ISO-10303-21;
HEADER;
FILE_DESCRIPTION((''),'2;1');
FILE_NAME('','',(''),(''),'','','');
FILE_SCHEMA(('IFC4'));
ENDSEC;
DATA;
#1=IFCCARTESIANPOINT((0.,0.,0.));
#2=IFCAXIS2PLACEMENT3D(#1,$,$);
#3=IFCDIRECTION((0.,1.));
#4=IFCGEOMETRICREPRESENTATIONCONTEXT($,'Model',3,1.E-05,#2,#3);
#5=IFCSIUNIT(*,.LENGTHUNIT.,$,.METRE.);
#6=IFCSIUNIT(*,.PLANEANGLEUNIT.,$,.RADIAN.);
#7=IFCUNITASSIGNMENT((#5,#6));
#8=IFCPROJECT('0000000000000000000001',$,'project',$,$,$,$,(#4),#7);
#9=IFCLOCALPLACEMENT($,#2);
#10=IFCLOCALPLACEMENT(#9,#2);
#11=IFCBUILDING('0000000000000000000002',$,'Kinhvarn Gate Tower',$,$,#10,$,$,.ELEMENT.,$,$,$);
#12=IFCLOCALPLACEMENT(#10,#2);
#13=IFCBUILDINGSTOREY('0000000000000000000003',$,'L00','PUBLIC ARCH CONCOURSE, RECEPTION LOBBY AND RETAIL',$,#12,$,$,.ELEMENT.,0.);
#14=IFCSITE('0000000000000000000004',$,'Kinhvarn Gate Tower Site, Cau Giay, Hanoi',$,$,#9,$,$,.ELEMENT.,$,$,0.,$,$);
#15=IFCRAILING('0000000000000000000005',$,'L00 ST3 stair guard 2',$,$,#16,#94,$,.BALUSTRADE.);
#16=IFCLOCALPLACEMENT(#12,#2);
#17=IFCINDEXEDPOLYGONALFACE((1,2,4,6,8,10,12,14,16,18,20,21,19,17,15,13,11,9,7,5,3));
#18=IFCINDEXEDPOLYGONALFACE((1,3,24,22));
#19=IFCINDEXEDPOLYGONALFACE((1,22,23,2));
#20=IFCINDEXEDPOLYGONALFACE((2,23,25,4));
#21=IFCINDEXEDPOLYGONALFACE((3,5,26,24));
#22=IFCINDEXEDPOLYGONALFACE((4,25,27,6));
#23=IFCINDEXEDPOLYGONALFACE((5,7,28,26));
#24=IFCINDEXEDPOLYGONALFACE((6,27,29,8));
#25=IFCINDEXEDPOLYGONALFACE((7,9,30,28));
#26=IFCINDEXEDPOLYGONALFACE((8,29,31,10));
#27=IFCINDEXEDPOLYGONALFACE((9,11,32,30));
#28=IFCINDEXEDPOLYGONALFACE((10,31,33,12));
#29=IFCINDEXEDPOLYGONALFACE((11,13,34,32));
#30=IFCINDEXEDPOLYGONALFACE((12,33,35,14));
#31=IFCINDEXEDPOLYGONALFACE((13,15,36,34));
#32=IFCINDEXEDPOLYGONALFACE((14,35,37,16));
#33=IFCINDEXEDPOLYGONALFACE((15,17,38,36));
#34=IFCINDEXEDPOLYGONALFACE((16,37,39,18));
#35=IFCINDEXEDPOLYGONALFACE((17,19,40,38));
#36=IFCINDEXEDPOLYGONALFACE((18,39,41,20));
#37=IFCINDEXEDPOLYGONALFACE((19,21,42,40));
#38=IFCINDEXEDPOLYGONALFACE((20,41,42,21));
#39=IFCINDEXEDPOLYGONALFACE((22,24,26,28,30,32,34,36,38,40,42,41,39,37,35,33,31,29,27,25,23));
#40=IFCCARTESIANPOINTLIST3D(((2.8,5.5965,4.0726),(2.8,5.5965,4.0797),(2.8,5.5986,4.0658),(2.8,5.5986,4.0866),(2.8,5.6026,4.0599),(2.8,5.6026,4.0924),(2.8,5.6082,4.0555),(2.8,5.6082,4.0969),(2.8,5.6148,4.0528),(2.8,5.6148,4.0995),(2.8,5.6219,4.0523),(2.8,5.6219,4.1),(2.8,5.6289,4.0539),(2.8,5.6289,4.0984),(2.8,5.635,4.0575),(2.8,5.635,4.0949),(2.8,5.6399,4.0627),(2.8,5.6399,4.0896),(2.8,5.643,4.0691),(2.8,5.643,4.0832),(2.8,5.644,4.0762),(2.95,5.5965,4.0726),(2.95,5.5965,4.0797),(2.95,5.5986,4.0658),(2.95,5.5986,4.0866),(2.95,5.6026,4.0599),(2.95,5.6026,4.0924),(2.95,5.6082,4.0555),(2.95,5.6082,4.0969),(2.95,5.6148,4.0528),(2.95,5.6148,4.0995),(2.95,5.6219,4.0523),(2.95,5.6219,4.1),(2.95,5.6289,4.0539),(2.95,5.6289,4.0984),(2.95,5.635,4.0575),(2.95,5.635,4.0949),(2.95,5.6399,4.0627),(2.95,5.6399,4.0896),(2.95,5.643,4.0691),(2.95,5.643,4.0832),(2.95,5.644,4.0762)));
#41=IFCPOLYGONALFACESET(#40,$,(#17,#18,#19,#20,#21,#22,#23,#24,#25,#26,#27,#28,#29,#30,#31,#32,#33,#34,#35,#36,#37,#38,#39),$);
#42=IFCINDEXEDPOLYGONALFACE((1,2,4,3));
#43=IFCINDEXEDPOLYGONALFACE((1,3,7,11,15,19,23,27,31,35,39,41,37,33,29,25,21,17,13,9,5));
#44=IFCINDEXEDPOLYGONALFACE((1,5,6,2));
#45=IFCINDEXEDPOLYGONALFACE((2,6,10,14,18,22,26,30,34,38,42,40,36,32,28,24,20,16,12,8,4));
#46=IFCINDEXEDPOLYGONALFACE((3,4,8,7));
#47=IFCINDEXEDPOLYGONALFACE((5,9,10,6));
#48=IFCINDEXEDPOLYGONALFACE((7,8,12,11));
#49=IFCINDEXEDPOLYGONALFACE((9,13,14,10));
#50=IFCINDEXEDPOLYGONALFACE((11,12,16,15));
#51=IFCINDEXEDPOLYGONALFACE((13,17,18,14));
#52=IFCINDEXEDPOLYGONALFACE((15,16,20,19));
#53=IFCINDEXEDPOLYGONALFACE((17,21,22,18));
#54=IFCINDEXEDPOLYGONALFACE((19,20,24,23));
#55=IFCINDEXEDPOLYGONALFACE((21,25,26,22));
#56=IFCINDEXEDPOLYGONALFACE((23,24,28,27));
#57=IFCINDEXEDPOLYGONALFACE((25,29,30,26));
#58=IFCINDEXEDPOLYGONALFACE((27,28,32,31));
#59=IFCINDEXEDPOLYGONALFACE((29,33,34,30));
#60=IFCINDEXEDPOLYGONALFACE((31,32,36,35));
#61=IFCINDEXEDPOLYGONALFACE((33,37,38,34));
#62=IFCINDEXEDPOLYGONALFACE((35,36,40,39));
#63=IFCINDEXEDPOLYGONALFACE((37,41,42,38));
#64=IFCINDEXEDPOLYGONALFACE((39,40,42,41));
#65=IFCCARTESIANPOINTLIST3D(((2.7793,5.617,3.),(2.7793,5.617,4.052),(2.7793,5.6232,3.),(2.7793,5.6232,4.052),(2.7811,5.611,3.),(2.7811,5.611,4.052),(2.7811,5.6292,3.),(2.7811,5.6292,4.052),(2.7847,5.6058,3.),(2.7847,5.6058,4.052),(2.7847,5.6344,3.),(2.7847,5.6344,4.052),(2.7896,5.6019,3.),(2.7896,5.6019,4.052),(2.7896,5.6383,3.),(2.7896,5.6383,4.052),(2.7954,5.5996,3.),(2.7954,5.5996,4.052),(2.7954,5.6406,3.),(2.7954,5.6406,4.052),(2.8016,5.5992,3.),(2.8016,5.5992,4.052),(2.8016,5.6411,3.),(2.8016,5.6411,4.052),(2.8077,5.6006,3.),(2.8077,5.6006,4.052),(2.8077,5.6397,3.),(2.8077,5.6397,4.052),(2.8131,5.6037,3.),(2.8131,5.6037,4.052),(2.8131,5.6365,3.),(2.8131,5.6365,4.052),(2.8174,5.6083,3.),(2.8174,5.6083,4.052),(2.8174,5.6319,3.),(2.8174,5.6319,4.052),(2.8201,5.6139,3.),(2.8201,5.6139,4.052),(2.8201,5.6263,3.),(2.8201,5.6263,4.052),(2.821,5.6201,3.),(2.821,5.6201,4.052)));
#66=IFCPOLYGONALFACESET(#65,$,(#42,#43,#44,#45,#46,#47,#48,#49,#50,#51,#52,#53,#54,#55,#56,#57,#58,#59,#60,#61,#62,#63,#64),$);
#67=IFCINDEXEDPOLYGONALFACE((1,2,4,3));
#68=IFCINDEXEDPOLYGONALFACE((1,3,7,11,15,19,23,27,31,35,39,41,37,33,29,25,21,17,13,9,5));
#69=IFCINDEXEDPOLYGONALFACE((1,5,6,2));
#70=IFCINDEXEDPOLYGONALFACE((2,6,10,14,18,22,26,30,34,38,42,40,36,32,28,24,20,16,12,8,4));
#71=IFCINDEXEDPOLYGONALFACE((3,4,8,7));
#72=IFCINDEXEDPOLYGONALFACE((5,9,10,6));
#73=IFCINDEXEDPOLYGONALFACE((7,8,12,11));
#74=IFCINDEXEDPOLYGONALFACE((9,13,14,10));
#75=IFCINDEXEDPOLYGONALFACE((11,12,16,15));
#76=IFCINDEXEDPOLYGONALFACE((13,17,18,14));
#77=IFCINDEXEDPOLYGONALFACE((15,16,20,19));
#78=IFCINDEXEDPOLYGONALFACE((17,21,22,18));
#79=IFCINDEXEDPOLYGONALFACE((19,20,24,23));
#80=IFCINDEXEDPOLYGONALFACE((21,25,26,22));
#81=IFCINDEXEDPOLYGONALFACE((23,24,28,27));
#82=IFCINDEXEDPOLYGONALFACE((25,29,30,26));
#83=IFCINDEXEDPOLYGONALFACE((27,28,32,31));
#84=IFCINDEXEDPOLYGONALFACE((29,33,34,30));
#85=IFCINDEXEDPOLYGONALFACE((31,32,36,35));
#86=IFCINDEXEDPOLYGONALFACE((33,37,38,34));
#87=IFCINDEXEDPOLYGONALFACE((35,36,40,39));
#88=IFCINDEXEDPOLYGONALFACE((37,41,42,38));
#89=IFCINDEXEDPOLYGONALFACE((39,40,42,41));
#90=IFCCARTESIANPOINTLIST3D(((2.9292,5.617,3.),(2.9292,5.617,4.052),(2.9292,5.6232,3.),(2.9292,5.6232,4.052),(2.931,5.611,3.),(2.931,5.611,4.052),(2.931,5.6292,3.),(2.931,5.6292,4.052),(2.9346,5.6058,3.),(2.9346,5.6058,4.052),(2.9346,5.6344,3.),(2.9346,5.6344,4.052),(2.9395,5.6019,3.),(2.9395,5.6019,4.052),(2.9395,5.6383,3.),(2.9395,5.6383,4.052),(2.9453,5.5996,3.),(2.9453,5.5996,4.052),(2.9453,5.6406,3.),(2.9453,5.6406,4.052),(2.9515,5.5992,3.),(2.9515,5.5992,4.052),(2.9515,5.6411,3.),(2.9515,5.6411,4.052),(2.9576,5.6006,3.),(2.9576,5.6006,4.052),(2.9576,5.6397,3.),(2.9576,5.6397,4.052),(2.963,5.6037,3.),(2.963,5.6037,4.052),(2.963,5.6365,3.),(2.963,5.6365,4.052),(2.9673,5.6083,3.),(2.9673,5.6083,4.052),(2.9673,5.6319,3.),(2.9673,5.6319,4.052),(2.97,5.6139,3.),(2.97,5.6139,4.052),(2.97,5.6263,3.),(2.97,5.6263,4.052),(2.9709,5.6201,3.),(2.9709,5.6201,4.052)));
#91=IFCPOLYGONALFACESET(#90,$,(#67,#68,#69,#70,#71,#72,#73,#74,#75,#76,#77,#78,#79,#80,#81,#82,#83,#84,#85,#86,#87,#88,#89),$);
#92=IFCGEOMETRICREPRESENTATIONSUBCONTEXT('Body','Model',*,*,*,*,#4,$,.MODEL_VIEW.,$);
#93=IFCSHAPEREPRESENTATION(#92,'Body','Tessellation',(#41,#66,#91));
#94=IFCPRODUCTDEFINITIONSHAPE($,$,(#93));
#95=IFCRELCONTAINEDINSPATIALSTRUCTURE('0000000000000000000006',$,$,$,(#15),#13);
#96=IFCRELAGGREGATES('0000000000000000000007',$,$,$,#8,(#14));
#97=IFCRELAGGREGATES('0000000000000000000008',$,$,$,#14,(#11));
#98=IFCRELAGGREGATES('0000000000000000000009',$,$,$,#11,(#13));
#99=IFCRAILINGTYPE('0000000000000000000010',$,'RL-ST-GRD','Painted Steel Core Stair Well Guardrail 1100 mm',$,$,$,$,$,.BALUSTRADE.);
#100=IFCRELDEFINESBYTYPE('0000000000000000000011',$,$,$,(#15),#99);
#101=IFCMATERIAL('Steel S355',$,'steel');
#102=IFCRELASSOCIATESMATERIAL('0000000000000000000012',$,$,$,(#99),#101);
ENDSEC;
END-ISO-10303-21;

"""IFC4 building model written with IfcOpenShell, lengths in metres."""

from ifc_helpers import new_model, si_unit, direction, frame, origin, origin_2d, place, context, subcontext, project, spatial, circle, extrude, material, type_object, element, save


model = new_model("IFC4")

# Units and contexts
model_context = context("Model", 3, precision=1e-05, world=origin(), true_north=direction((0.0, 1.0)))
body_context = subcontext(model_context, "Body", "Model", "MODEL_VIEW")
ifc_project = project(units=[si_unit("LENGTHUNIT", "METRE"), si_unit("PLANEANGLEUNIT", "RADIAN")], contexts=[model_context])

# Site, building, storey
site_placement = place(None, origin())
site = spatial("IfcSite", under=ifc_project, at=site_placement, Name="Kinhvarn Gate Tower Site, Cau Giay, Hanoi", CompositionType="ELEMENT", RefElevation=0.0)
building_placement = place(site_placement, origin())
building = spatial("IfcBuilding", under=site, at=building_placement, Name="Kinhvarn Gate Tower", CompositionType="ELEMENT")
storey_placement = place(building_placement, origin())
storey = spatial("IfcBuildingStorey", under=building, at=storey_placement, Name="L00", Description="PUBLIC ARCH CONCOURSE, RECEPTION LOBBY AND RETAIL", CompositionType="ELEMENT", Elevation=0.0)

# Railing
ifc_material_1 = material(Name="Steel S355", Category="steel")
railing_type_1 = type_object("IfcRailingType", Name="RL-ST-GRD", Description="Painted Steel Core Stair Well Guardrail 1100 mm", PredefinedType="BALUSTRADE", material=ifc_material_1)
railing_1_placement = place(storey_placement, frame((2.8, 5.6201, 3.0)))
element("IfcRailing", 1, at=railing_1_placement, inside=storey, type_object=railing_type_1, Name="L00 ST3 stair guard 2", PredefinedType="BALUSTRADE", context=body_context, shape_type="SweptSolid", body=[
    extrude(circle(Radius=0.0239, at=origin_2d()), frame((0.0, 0.0, 1.0762), z_axis=(1.0, 0.0, 0.0), x_axis=(0.0, 1.0, 0.0)), (0.0, 0.0, 1.0), 0.1499),
    extrude(circle(Radius=0.021, at=origin_2d()), origin(), (0.0, 0.0, 1.0), 1.052),
    extrude(circle(Radius=0.021, at=origin_2d()), frame((0.1499, 0.0, 0.0)), (0.0, 0.0, 1.0), 1.052),
])

save(model, "model.ifc")
